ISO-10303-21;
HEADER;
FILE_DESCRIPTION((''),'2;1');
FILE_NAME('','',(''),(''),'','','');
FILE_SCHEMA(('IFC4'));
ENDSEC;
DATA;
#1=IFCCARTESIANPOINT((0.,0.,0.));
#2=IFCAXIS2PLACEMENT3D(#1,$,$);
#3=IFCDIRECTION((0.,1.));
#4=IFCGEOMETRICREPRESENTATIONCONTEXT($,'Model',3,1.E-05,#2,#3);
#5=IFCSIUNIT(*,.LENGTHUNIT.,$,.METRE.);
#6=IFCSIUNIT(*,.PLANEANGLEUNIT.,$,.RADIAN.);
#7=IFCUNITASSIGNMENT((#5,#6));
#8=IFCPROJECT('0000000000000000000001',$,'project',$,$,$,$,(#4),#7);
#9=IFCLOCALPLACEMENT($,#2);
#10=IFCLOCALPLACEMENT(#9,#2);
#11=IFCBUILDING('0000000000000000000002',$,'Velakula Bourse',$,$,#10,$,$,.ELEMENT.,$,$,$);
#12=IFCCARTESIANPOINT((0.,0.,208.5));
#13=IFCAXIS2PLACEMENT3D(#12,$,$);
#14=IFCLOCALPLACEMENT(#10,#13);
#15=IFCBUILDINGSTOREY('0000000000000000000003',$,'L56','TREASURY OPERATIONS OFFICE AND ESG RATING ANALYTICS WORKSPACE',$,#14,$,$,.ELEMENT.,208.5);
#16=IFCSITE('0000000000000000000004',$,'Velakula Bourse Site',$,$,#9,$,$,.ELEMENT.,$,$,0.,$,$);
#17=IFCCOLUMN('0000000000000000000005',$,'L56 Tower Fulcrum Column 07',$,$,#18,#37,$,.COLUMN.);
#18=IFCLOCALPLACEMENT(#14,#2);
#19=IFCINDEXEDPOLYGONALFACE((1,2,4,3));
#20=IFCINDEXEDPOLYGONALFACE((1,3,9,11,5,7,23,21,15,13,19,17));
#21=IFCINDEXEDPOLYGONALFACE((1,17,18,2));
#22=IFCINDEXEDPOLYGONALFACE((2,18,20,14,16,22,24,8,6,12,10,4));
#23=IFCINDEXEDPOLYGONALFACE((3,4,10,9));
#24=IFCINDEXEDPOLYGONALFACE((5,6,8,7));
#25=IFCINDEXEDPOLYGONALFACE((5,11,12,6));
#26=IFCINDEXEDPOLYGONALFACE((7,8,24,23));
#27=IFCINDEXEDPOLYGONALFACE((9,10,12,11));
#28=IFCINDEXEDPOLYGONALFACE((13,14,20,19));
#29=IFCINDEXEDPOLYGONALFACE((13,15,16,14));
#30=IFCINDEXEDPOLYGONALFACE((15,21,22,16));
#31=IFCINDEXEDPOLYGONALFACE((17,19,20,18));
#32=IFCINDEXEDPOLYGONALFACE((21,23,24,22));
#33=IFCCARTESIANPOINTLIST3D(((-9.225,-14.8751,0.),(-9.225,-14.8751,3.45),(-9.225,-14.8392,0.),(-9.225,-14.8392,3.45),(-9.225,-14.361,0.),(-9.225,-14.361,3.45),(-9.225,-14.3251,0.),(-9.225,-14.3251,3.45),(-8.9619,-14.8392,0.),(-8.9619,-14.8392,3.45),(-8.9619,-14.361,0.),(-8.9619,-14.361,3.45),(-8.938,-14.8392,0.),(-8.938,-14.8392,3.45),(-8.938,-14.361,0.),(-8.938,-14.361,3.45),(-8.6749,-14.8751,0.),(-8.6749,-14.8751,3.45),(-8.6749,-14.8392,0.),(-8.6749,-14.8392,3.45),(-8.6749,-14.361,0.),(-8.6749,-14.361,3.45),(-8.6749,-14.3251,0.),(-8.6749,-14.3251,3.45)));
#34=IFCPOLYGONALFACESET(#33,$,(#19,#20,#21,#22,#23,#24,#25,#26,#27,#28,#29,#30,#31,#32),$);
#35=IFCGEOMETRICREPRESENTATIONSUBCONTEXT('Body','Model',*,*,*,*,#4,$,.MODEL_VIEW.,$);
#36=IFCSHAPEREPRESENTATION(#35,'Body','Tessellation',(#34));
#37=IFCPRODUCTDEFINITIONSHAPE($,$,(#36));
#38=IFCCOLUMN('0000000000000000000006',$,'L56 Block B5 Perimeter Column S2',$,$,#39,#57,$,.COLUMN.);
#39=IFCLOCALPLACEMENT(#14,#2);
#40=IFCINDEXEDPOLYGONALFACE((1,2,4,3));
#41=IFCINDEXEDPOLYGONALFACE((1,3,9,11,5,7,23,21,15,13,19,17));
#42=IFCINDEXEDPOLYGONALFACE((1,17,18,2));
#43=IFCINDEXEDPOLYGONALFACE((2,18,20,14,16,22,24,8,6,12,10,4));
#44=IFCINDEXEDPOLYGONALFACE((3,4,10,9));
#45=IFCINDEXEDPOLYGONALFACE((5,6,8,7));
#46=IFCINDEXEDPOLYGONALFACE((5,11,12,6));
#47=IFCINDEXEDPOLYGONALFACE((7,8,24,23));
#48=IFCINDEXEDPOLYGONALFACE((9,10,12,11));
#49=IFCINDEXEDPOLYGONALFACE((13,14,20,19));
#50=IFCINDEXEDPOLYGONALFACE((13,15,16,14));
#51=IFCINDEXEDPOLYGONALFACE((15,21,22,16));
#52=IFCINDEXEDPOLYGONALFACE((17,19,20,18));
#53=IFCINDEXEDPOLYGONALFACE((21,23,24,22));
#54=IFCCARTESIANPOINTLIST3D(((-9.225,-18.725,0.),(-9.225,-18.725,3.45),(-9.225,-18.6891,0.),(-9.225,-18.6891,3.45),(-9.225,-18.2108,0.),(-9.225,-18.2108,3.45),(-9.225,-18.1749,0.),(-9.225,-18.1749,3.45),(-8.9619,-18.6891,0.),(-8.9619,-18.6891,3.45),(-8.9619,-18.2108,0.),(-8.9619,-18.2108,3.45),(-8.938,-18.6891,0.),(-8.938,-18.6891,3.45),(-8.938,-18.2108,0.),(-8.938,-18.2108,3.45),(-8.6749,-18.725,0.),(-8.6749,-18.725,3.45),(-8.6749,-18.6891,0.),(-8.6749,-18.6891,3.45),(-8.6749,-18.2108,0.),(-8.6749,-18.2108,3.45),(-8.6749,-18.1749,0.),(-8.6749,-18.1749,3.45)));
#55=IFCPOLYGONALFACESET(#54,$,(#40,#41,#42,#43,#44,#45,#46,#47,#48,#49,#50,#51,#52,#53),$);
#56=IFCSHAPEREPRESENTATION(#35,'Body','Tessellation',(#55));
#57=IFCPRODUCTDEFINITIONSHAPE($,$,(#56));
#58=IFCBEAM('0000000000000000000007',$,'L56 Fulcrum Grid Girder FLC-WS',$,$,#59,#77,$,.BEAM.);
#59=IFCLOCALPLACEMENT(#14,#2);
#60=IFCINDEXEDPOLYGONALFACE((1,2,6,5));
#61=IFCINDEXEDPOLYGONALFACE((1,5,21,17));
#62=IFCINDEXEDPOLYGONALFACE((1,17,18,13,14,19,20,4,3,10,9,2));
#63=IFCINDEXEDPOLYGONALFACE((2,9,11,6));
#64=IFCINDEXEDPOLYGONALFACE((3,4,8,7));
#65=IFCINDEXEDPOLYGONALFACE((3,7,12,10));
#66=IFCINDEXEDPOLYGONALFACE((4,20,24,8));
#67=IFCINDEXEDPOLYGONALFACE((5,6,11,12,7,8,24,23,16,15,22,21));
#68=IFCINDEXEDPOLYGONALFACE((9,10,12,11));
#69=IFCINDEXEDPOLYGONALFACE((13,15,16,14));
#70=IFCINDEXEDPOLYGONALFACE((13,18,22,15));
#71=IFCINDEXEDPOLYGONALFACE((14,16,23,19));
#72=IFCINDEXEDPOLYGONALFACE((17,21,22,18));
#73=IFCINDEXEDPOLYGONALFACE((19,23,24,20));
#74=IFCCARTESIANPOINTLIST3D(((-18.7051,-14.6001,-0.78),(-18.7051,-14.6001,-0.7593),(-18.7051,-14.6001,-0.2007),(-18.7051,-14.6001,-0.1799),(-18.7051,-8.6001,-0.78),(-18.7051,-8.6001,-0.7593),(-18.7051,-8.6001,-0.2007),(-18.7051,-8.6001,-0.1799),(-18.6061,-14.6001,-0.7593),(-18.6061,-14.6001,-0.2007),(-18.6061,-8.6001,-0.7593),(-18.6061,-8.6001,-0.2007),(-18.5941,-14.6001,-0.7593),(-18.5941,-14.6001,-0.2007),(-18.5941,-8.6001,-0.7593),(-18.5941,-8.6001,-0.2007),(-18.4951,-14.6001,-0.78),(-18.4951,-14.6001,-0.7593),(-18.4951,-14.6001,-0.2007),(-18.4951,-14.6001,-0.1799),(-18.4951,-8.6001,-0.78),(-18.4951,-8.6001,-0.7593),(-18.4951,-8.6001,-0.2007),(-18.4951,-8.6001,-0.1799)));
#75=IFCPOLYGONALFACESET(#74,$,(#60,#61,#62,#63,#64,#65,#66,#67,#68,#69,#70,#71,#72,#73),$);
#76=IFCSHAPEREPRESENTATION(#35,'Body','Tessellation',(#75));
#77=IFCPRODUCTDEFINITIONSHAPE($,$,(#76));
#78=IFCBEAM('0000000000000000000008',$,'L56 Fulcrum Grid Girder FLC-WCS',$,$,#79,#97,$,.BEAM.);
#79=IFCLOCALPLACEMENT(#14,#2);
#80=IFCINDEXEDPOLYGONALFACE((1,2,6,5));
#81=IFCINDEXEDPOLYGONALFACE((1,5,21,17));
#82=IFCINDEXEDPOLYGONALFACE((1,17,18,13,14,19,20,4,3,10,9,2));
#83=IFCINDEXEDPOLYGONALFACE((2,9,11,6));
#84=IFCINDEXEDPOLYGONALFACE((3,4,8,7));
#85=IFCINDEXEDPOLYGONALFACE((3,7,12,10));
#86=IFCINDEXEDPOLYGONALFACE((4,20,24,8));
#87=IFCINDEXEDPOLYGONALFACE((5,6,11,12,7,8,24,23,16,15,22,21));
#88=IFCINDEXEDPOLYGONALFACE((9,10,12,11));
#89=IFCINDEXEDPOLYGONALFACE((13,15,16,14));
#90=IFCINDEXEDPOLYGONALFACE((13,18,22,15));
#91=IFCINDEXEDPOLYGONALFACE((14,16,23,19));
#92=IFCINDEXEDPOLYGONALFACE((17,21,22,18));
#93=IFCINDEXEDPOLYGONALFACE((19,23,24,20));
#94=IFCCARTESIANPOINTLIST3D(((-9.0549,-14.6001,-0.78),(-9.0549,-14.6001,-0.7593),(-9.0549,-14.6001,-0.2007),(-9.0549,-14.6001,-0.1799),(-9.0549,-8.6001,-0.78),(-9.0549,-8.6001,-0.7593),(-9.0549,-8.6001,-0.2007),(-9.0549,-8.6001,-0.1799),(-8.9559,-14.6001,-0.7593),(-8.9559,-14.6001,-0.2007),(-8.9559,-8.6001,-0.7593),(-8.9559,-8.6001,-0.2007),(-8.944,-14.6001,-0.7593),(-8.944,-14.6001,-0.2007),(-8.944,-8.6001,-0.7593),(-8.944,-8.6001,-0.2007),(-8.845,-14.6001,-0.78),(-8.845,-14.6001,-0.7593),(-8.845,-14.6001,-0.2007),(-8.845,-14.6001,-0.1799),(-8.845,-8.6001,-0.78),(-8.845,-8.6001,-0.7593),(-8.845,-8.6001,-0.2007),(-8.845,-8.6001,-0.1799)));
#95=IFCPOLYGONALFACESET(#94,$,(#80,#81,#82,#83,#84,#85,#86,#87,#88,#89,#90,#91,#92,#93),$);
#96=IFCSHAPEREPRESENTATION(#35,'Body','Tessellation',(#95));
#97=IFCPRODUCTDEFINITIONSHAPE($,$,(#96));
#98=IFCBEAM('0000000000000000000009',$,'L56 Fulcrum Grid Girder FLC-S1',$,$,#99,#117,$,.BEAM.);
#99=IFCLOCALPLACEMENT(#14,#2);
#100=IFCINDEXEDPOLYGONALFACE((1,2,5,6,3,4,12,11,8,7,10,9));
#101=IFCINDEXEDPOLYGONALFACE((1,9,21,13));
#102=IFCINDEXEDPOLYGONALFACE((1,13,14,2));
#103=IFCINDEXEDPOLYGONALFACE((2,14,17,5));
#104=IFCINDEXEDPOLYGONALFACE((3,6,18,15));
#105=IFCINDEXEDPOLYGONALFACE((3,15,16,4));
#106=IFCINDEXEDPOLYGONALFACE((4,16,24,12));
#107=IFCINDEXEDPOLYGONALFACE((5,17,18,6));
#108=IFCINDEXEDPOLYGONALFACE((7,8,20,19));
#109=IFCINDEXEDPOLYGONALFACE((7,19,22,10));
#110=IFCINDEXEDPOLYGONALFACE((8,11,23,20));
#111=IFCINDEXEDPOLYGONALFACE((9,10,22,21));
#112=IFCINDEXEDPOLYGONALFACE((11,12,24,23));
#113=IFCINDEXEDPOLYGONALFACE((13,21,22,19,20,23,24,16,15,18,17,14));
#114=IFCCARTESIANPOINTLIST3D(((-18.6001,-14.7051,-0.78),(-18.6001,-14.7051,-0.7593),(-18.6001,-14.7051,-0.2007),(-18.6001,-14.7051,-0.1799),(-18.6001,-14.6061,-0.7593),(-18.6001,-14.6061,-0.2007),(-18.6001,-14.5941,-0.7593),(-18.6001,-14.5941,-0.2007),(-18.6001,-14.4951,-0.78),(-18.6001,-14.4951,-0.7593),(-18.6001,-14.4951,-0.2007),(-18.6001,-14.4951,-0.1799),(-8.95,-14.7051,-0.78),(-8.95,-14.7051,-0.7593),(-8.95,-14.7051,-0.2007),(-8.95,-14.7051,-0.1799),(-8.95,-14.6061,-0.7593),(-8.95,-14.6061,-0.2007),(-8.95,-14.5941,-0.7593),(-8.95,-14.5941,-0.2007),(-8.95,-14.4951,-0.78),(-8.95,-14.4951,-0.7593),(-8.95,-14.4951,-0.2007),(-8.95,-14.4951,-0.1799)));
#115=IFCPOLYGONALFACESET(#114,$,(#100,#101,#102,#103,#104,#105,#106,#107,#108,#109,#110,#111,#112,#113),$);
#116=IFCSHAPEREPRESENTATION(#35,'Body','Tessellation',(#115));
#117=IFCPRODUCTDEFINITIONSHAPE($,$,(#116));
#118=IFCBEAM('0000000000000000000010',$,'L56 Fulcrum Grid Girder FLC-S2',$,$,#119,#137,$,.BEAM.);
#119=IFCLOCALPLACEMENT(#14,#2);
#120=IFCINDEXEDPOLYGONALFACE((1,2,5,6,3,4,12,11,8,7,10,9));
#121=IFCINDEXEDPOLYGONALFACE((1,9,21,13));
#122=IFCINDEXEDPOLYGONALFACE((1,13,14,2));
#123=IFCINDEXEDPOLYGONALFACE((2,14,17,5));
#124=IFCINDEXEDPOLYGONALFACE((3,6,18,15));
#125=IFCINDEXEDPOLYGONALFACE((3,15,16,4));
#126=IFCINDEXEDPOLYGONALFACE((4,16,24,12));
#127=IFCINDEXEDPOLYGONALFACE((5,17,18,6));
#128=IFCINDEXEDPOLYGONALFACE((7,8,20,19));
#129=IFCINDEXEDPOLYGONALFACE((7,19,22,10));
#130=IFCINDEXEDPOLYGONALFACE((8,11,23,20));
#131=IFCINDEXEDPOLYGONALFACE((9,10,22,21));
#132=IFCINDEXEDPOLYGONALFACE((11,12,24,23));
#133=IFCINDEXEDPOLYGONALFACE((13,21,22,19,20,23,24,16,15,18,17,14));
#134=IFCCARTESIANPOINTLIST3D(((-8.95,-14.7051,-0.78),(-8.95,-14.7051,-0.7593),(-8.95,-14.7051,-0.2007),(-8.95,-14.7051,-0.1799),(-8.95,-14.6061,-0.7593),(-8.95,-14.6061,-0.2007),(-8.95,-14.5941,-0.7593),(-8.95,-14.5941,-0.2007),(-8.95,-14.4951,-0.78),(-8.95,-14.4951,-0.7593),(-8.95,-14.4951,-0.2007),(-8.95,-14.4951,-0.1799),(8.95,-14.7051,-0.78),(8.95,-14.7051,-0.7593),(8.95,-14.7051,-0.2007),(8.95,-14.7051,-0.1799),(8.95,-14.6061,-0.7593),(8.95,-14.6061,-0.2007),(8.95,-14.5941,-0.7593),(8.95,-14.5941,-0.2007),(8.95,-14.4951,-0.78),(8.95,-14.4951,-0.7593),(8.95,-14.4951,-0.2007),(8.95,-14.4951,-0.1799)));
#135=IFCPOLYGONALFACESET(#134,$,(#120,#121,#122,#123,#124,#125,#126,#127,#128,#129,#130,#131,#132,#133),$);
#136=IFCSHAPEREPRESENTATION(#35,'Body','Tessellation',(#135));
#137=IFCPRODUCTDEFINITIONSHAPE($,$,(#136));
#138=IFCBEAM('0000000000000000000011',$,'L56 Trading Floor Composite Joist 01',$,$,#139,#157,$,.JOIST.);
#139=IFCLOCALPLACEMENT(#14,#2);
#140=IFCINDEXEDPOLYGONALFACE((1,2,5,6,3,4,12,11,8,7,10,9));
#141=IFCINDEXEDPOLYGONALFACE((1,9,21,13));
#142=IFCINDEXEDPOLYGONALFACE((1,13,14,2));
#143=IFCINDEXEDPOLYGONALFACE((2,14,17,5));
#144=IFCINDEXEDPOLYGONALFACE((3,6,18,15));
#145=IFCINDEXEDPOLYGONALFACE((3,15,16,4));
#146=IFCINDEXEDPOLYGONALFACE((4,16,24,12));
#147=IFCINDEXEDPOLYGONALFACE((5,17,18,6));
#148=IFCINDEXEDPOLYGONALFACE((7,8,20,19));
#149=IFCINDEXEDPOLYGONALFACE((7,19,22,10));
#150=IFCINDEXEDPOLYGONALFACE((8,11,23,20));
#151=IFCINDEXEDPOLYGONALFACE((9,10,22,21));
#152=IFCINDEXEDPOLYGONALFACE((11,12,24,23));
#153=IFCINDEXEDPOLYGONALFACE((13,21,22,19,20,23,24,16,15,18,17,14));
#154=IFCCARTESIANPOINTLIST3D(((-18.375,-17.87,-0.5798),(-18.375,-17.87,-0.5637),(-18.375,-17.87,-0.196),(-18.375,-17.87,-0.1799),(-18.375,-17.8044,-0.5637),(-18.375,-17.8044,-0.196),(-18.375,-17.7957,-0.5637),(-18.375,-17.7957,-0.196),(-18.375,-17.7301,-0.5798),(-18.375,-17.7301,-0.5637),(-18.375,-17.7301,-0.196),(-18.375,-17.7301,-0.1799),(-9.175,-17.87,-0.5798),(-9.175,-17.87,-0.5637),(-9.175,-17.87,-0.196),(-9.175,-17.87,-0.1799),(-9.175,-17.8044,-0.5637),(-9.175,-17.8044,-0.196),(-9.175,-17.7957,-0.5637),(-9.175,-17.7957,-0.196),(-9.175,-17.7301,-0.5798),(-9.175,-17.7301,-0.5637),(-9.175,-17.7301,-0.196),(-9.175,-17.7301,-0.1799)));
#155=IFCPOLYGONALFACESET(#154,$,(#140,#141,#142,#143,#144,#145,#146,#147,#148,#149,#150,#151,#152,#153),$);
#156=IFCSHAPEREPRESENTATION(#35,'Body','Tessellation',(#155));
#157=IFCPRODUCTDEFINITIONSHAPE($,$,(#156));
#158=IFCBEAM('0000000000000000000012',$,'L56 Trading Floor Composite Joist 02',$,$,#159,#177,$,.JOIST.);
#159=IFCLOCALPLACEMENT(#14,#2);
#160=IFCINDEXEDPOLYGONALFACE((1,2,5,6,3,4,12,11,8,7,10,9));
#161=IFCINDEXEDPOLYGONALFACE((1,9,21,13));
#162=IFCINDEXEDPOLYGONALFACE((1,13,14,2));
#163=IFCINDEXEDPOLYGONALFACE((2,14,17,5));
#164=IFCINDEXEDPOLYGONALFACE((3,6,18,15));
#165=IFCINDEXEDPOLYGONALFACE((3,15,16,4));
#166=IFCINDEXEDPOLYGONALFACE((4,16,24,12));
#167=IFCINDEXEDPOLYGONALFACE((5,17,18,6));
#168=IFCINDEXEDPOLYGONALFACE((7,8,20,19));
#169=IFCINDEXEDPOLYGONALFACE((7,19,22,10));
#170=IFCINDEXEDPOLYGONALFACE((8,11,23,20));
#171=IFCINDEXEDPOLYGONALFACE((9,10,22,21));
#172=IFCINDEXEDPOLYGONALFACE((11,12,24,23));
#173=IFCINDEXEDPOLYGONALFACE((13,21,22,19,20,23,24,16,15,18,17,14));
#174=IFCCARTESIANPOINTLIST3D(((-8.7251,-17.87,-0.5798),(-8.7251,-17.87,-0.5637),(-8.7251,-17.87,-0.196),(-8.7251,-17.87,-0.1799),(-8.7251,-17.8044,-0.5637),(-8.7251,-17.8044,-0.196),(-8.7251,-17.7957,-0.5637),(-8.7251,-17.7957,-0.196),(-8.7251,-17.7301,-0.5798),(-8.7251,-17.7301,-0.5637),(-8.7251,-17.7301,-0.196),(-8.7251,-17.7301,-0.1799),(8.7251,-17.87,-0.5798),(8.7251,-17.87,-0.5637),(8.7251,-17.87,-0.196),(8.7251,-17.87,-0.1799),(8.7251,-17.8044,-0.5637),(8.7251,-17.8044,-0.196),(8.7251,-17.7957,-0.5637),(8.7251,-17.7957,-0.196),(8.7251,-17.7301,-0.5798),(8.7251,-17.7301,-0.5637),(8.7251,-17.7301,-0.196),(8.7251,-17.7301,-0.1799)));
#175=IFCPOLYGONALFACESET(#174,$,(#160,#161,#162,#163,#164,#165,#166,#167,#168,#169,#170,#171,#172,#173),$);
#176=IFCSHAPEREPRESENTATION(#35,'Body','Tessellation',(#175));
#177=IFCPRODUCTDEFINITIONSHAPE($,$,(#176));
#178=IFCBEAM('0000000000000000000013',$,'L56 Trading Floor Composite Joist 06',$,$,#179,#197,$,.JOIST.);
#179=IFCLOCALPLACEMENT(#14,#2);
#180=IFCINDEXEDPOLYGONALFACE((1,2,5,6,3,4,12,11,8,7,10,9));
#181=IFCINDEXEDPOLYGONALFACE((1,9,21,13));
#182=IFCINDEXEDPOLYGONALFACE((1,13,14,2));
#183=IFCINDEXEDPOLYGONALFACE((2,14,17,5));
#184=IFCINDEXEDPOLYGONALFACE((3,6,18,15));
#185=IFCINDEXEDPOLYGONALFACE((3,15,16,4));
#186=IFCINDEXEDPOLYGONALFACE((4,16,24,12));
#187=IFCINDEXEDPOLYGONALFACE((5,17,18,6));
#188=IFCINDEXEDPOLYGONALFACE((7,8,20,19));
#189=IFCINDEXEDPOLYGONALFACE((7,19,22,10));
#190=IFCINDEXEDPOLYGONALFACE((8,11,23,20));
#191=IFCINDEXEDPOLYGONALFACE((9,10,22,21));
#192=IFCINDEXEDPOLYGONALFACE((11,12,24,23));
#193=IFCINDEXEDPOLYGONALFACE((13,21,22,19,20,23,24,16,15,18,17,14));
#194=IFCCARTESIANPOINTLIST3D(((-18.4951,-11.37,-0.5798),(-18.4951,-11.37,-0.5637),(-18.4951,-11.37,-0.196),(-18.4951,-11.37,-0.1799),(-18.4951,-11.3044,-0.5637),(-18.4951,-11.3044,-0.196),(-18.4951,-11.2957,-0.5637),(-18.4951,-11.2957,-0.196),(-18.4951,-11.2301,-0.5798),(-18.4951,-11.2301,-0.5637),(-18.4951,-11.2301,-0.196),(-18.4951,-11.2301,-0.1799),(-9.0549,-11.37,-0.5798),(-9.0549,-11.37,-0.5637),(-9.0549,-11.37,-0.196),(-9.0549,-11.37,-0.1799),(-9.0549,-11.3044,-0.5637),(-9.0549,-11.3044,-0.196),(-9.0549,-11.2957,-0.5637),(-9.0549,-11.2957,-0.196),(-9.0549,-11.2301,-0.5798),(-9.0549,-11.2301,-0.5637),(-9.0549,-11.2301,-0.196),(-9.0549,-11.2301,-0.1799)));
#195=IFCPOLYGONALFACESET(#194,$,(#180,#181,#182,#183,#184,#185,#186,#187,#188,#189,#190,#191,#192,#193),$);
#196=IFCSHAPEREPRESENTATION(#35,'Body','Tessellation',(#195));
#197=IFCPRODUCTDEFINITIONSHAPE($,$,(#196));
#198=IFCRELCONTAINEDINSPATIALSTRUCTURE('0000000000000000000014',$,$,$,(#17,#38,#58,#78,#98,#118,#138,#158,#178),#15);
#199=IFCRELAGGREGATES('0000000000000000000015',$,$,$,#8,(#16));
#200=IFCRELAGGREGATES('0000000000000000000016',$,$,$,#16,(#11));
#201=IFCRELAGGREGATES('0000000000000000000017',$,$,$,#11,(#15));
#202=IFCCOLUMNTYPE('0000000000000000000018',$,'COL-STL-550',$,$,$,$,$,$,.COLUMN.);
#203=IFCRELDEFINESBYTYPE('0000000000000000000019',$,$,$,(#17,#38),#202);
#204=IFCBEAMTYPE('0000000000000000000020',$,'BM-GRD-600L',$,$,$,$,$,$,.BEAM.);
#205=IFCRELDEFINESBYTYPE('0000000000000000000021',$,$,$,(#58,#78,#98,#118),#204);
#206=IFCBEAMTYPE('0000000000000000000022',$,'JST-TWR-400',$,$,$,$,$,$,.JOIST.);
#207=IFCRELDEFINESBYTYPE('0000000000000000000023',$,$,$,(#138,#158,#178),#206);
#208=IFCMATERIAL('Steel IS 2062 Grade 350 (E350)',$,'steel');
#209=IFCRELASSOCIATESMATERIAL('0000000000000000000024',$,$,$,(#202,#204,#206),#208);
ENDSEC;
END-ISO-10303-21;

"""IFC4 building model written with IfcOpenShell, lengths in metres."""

from ifc_helpers import new_model, si_unit, direction, frame, origin, origin_2d, place, context, subcontext, project, spatial, i_section, extrude, material, material_profile, profile_set, type_object, element, save


model = new_model("IFC4")

# Units and contexts
model_context = context("Model", 3, precision=1e-05, world=origin(), true_north=direction((0.0, 1.0)))
body_context = subcontext(model_context, "Body", "Model", "MODEL_VIEW")
ifc_project = project(units=[si_unit("LENGTHUNIT", "METRE"), si_unit("PLANEANGLEUNIT", "RADIAN")], contexts=[model_context])

# Site, building, storey
site_placement = place(None, origin())
site = spatial("IfcSite", under=ifc_project, at=site_placement, Name="Velakula Bourse Site", CompositionType="ELEMENT", RefElevation=0.0)
building_placement = place(site_placement, origin())
building = spatial("IfcBuilding", under=site, at=building_placement, Name="Velakula Bourse", CompositionType="ELEMENT")
storey_placement = place(building_placement, frame((0.0, 0.0, 208.5)))
storey = spatial("IfcBuildingStorey", under=building, at=storey_placement, Name="L56", Description="TREASURY OPERATIONS OFFICE AND ESG RATING ANALYTICS WORKSPACE", CompositionType="ELEMENT", Elevation=208.5)

# Columns
ifc_material_1 = material(Name="Steel IS 2062 Grade 350 (E350)", Category="steel")
ifc_material_profile_1 = material_profile(ifc_material_1, i_section(OverallWidth=0.55, OverallDepth=0.55, WebThickness=0.0239, FlangeThickness=0.0359, at=origin_2d()), Name="Steel IS 2062 Grade 350 (E350)")
ifc_profile_set_1 = profile_set([ifc_material_profile_1], Name="Steel IS 2062 Grade 350 (E350)")
column_type = type_object("IfcColumnType", Name="COL-STL-550", PredefinedType="COLUMN", material=ifc_profile_set_1)
for number, where, z_axis, x_axis, name in (
    (1, (-8.95, -14.6001, 0.0), (0.0, 0.0, 1.0), (1.0, 0.0, 0.0), "L56 Tower Fulcrum Column 07"),
    (2, (-8.95, -18.45, 0.0), (0.0, 0.0, 1.0), (1.0, 0.0, 0.0), "L56 Block B5 Perimeter Column S2"),
):
    element("IfcColumn", number, at=place(storey_placement, frame(where, z_axis=z_axis, x_axis=x_axis)), inside=storey, type_object=column_type, Name=name, PredefinedType="COLUMN", context=body_context, shape_type="SweptSolid", body=[
        extrude(i_section(OverallWidth=0.55, OverallDepth=0.55, WebThickness=0.0239, FlangeThickness=0.0359, at=origin_2d()), origin(), (0.0, 0.0, 1.0), 3.45),
    ])

# Beams
ifc_material_profile_2 = material_profile(ifc_material_1, i_section(OverallWidth=0.21, OverallDepth=0.6001, WebThickness=0.012, FlangeThickness=0.0208, at=origin_2d()), Name="Steel IS 2062 Grade 350 (E350)")
ifc_profile_set_2 = profile_set([ifc_material_profile_2], Name="Steel IS 2062 Grade 350 (E350)")
beam_type_1 = type_object("IfcBeamType", Name="BM-GRD-600L", PredefinedType="BEAM", material=ifc_profile_set_2)
for number, where, z_axis, x_axis, name in (
    (3, (-18.6001, -14.6001, -0.48), (0.0, 1.0, 0.0), (-1.0, 0.0, 0.0), "L56 Fulcrum Grid Girder FLC-WS"),
    (4, (-8.95, -14.6001, -0.48), (0.0, 1.0, 0.0), (-1.0, 0.0, 0.0), "L56 Fulcrum Grid Girder FLC-WCS"),
):
    element("IfcBeam", number, at=place(storey_placement, frame(where, z_axis=z_axis, x_axis=x_axis)), inside=storey, type_object=beam_type_1, Name=name, PredefinedType="BEAM", context=body_context, shape_type="SweptSolid", body=[
        extrude(i_section(OverallWidth=0.21, OverallDepth=0.6001, WebThickness=0.012, FlangeThickness=0.0208, at=origin_2d()), origin(), (0.0, 0.0, 1.0), 6.0),
    ])
beam_1_placement = place(storey_placement, frame((-18.6001, -14.6001, -0.48), z_axis=(1.0, 0.0, 0.0), x_axis=(0.0, 1.0, 0.0)))
element("IfcBeam", 5, at=beam_1_placement, inside=storey, type_object=beam_type_1, Name="L56 Fulcrum Grid Girder FLC-S1", PredefinedType="BEAM", context=body_context, shape_type="SweptSolid", body=[
    extrude(i_section(OverallWidth=0.21, OverallDepth=0.6001, WebThickness=0.012, FlangeThickness=0.0208, at=origin_2d()), origin(), (0.0, 0.0, 1.0), 9.6501),
])
beam_2_placement = place(storey_placement, frame((-8.95, -14.6001, -0.48), z_axis=(1.0, 0.0, 0.0), x_axis=(0.0, 1.0, 0.0)))
element("IfcBeam", 6, at=beam_2_placement, inside=storey, type_object=beam_type_1, Name="L56 Fulcrum Grid Girder FLC-S2", PredefinedType="BEAM", context=body_context, shape_type="SweptSolid", body=[
    extrude(i_section(OverallWidth=0.21, OverallDepth=0.6001, WebThickness=0.012, FlangeThickness=0.0208, at=origin_2d()), origin(), (0.0, 0.0, 1.0), 17.8999),
])
ifc_material_profile_3 = material_profile(ifc_material_1, i_section(OverallWidth=0.1399, OverallDepth=0.3999, WebThickness=0.0088, FlangeThickness=0.0161, at=origin_2d()), Name="Steel IS 2062 Grade 350 (E350)")
ifc_profile_set_3 = profile_set([ifc_material_profile_3], Name="Steel IS 2062 Grade 350 (E350)")
beam_type_2 = type_object("IfcBeamType", Name="JST-TWR-400", PredefinedType="JOIST", material=ifc_profile_set_3)
beam_3_placement = place(storey_placement, frame((-18.375, -17.8, -0.3799), z_axis=(1.0, 0.0, 0.0), x_axis=(0.0, 1.0, 0.0)))
element("IfcBeam", 7, at=beam_3_placement, inside=storey, type_object=beam_type_2, Name="L56 Trading Floor Composite Joist 01", PredefinedType="JOIST", context=body_context, shape_type="SweptSolid", body=[
    extrude(i_section(OverallWidth=0.1399, OverallDepth=0.3999, WebThickness=0.0088, FlangeThickness=0.0161, at=origin_2d()), origin(), (0.0, 0.0, 1.0), 9.2),
])
beam_4_placement = place(storey_placement, frame((-8.7251, -17.8, -0.3799), z_axis=(1.0, 0.0, 0.0), x_axis=(0.0, 1.0, 0.0)))
element("IfcBeam", 8, at=beam_4_placement, inside=storey, type_object=beam_type_2, Name="L56 Trading Floor Composite Joist 02", PredefinedType="JOIST", context=body_context, shape_type="SweptSolid", body=[
    extrude(i_section(OverallWidth=0.1399, OverallDepth=0.3999, WebThickness=0.0088, FlangeThickness=0.0161, at=origin_2d()), origin(), (0.0, 0.0, 1.0), 17.4502),
])
beam_5_placement = place(storey_placement, frame((-18.4951, -11.3, -0.3799), z_axis=(1.0, 0.0, 0.0), x_axis=(0.0, 1.0, 0.0)))
element("IfcBeam", 9, at=beam_5_placement, inside=storey, type_object=beam_type_2, Name="L56 Trading Floor Composite Joist 06", PredefinedType="JOIST", context=body_context, shape_type="SweptSolid", body=[
    extrude(i_section(OverallWidth=0.1399, OverallDepth=0.3999, WebThickness=0.0088, FlangeThickness=0.0161, at=origin_2d()), origin(), (0.0, 0.0, 1.0), 9.4402),
])

save(model, "model.ifc")
